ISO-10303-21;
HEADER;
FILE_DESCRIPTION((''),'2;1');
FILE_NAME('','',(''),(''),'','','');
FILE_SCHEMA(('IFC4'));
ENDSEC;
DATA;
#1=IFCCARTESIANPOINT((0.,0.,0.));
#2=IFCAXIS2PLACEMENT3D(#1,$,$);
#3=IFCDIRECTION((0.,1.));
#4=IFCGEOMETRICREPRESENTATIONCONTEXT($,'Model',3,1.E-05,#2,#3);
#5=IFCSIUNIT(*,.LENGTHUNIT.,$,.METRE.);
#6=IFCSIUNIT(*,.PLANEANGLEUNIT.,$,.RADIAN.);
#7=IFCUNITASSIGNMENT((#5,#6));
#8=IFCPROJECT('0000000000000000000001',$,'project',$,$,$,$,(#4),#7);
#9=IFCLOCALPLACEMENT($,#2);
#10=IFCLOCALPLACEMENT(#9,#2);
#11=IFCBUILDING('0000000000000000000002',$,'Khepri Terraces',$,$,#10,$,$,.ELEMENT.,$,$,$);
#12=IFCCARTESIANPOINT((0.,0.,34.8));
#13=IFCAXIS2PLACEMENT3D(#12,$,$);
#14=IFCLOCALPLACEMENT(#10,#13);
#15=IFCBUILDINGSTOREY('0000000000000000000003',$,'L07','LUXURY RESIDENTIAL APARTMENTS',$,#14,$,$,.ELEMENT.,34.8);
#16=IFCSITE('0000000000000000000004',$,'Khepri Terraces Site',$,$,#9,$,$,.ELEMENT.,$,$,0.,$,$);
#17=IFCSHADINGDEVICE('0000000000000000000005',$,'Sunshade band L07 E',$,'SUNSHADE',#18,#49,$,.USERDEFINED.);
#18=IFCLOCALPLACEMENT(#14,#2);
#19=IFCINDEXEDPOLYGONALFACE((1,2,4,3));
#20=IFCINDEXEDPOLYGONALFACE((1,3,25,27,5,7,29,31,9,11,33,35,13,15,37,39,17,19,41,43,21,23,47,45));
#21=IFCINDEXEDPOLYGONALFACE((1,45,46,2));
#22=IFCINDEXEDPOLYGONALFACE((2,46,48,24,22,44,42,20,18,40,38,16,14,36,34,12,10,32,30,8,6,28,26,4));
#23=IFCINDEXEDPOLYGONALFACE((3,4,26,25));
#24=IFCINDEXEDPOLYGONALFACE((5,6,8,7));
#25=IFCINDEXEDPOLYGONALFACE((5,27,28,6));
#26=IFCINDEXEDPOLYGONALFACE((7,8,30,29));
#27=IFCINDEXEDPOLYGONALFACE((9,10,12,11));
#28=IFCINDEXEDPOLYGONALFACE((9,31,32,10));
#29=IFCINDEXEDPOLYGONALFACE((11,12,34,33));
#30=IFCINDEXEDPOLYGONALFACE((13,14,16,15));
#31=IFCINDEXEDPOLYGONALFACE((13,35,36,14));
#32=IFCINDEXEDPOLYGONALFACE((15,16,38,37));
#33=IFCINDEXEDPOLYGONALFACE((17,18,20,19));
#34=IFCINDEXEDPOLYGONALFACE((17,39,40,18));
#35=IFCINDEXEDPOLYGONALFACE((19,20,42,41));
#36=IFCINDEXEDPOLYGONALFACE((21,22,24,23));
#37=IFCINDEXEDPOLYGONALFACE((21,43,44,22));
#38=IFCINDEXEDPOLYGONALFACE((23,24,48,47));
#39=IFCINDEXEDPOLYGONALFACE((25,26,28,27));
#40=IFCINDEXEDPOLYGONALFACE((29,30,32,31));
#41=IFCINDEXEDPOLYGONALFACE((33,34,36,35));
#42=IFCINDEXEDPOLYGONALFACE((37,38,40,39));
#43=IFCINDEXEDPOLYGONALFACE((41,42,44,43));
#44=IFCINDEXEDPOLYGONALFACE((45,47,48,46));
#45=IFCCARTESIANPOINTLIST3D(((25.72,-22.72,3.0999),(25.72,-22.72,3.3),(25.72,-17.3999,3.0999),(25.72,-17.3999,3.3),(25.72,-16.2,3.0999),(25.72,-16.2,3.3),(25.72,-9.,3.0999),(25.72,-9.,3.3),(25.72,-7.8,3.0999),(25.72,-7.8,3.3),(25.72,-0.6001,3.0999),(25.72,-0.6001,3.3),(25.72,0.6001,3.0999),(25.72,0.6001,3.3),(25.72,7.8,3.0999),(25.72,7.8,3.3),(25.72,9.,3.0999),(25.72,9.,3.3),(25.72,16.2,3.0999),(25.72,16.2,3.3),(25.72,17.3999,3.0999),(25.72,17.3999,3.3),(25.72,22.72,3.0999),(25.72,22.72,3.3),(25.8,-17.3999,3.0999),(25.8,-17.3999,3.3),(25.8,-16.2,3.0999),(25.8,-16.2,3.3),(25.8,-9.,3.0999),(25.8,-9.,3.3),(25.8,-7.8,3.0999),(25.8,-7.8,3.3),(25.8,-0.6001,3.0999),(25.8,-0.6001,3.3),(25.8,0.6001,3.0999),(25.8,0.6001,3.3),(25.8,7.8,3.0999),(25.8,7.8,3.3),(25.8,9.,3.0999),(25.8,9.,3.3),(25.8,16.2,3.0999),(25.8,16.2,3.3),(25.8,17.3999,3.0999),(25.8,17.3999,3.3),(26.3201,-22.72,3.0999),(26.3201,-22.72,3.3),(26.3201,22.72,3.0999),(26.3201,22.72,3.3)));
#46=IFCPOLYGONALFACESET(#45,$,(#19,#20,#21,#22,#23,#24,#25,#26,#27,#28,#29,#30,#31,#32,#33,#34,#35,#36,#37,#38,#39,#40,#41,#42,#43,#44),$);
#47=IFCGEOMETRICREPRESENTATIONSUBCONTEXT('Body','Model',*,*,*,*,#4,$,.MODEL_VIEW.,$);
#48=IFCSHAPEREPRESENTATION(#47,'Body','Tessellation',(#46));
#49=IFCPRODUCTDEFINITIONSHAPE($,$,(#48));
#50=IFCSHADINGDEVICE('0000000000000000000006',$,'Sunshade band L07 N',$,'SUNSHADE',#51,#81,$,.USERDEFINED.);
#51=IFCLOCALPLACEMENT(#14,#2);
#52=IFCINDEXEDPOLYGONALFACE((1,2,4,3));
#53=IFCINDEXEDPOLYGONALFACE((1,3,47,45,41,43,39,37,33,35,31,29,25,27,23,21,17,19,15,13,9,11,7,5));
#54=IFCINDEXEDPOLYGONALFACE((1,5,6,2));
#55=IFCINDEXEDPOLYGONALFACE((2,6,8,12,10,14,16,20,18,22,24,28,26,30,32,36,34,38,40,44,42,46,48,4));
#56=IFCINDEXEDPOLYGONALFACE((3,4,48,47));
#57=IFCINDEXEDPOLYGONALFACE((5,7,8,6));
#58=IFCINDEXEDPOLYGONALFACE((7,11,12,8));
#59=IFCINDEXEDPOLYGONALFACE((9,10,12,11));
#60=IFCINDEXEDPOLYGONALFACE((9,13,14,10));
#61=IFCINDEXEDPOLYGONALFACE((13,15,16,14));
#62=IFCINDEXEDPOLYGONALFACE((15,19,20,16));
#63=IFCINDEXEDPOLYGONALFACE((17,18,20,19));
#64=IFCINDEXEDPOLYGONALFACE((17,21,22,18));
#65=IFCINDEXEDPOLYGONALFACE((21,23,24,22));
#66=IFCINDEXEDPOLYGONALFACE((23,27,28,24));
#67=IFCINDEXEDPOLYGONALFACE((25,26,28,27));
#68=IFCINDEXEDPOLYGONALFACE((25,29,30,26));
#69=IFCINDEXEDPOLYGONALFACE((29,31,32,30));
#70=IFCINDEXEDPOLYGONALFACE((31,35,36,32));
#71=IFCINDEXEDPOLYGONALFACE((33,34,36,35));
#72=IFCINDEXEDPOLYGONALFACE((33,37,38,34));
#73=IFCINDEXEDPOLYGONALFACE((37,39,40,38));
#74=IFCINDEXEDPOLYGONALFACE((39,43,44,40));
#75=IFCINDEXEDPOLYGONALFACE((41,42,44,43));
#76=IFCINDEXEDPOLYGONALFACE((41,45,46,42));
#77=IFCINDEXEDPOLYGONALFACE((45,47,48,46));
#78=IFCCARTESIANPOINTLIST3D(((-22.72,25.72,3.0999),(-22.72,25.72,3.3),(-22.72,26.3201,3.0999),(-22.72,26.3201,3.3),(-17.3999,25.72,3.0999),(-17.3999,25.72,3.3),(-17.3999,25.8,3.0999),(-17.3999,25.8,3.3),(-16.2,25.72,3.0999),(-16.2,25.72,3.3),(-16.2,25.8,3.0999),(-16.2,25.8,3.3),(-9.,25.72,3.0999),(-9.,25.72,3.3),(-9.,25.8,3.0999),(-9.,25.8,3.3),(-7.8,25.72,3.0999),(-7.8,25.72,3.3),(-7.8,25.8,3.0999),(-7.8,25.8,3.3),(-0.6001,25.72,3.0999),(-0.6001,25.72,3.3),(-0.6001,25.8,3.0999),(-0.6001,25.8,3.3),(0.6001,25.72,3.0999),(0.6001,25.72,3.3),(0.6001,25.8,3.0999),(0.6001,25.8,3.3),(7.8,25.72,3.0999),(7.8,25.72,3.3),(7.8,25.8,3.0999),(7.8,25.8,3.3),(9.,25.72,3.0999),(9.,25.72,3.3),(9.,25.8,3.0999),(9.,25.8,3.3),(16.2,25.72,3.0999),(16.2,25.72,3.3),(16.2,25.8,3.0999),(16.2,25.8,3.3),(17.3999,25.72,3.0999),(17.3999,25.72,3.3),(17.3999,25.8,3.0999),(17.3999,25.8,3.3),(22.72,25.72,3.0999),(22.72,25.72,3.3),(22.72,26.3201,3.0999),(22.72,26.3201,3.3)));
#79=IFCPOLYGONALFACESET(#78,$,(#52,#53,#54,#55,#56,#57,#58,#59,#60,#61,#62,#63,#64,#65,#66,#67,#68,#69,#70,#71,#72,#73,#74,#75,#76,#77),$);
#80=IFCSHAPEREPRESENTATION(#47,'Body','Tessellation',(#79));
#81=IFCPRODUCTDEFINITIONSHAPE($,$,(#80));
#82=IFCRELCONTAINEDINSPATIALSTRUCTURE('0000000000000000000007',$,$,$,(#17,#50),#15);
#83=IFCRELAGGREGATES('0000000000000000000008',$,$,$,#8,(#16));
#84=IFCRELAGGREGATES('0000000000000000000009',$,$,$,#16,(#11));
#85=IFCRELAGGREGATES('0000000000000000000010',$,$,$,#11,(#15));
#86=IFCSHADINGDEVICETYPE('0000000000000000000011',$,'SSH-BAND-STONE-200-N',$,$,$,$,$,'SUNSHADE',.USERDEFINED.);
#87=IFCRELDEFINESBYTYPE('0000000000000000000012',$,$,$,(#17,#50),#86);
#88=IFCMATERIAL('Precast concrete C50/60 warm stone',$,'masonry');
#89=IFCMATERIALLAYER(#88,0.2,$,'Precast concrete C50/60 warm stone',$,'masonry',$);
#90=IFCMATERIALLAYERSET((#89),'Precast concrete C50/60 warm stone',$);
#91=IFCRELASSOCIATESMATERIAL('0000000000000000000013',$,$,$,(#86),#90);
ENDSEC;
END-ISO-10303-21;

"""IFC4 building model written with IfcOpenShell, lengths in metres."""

from ifc_helpers import new_model, si_unit, direction, frame, origin, place, context, subcontext, project, spatial, polyline, outline, extrude, material, layer, layer_set, type_object, element, save


model = new_model("IFC4")

# Units and contexts
model_context = context("Model", 3, precision=1e-05, world=origin(), true_north=direction((0.0, 1.0)))
body_context = subcontext(model_context, "Body", "Model", "MODEL_VIEW")
ifc_project = project(units=[si_unit("LENGTHUNIT", "METRE"), si_unit("PLANEANGLEUNIT", "RADIAN")], contexts=[model_context])

# Site, building, storey
site_placement = place(None, origin())
site = spatial("IfcSite", under=ifc_project, at=site_placement, Name="Khepri Terraces Site", CompositionType="ELEMENT", RefElevation=0.0)
building_placement = place(site_placement, origin())
building = spatial("IfcBuilding", under=site, at=building_placement, Name="Khepri Terraces", CompositionType="ELEMENT")
storey_placement = place(building_placement, frame((0.0, 0.0, 34.8)))
storey = spatial("IfcBuildingStorey", under=building, at=storey_placement, Name="L07", Description="LUXURY RESIDENTIAL APARTMENTS", CompositionType="ELEMENT", Elevation=34.8)

# Shared definitions
ifc_material_1 = material(Name="Precast concrete C50/60 warm stone", Category="masonry")

# Shading devices
ifc_layer_1 = layer(ifc_material_1, 0.2, Name="Precast concrete C50/60 warm stone", Category="masonry")
ifc_layer_set_1 = layer_set([ifc_layer_1], Name="Precast concrete C50/60 warm stone")
shading_device_type_1 = type_object("IfcShadingDeviceType", Name="SSH-BAND-STONE-200-N", ElementType="SUNSHADE", PredefinedType="USERDEFINED", material=ifc_layer_set_1)
shading_device_1_placement = place(storey_placement, frame((0.0, 0.0, 3.0999)))
element("IfcShadingDevice", 1, at=shading_device_1_placement, inside=storey, type_object=shading_device_type_1, Name="Sunshade band L07 E", ObjectType="SUNSHADE", PredefinedType="USERDEFINED", context=body_context, shape_type="SweptSolid", body=[
    extrude(outline(polyline([(25.72, -17.3999), (25.72, -22.72), (26.3201, -22.72), (26.3201, 22.72), (25.72, 22.72), (25.72, 17.3999), (25.8, 17.3999), (25.8, 16.2), (25.72, 16.2), (25.72, 9.0), (25.8, 9.0), (25.8, 7.8), (25.72, 7.8), (25.72, 0.6001), (25.8, 0.6001), (25.8, -0.6001), (25.72, -0.6001), (25.72, -7.8), (25.8, -7.8), (25.8, -9.0), (25.72, -9.0), (25.72, -16.2), (25.8, -16.2), (25.8, -17.3999), (25.72, -17.3999)])), origin(), (0.0, 0.0, 1.0), 0.2002),
])
shading_device_2_placement = place(storey_placement, frame((0.0, 0.0, 3.0999)))
element("IfcShadingDevice", 2, at=shading_device_2_placement, inside=storey, type_object=shading_device_type_1, Name="Sunshade band L07 N", ObjectType="SUNSHADE", PredefinedType="USERDEFINED", context=body_context, shape_type="SweptSolid", body=[
    extrude(outline(polyline([(17.3999, 25.72), (22.72, 25.72), (22.72, 26.3201), (-22.72, 26.3201), (-22.72, 25.72), (-17.3999, 25.72), (-17.3999, 25.8), (-16.2, 25.8), (-16.2, 25.72), (-9.0, 25.72), (-9.0, 25.8), (-7.8, 25.8), (-7.8, 25.72), (-0.6001, 25.72), (-0.6001, 25.8), (0.6001, 25.8), (0.6001, 25.72), (7.8, 25.72), (7.8, 25.8), (9.0, 25.8), (9.0, 25.72), (16.2, 25.72), (16.2, 25.8), (17.3999, 25.8), (17.3999, 25.72)])), origin(), (0.0, 0.0, 1.0), 0.2002),
])

save(model, "model.ifc")
